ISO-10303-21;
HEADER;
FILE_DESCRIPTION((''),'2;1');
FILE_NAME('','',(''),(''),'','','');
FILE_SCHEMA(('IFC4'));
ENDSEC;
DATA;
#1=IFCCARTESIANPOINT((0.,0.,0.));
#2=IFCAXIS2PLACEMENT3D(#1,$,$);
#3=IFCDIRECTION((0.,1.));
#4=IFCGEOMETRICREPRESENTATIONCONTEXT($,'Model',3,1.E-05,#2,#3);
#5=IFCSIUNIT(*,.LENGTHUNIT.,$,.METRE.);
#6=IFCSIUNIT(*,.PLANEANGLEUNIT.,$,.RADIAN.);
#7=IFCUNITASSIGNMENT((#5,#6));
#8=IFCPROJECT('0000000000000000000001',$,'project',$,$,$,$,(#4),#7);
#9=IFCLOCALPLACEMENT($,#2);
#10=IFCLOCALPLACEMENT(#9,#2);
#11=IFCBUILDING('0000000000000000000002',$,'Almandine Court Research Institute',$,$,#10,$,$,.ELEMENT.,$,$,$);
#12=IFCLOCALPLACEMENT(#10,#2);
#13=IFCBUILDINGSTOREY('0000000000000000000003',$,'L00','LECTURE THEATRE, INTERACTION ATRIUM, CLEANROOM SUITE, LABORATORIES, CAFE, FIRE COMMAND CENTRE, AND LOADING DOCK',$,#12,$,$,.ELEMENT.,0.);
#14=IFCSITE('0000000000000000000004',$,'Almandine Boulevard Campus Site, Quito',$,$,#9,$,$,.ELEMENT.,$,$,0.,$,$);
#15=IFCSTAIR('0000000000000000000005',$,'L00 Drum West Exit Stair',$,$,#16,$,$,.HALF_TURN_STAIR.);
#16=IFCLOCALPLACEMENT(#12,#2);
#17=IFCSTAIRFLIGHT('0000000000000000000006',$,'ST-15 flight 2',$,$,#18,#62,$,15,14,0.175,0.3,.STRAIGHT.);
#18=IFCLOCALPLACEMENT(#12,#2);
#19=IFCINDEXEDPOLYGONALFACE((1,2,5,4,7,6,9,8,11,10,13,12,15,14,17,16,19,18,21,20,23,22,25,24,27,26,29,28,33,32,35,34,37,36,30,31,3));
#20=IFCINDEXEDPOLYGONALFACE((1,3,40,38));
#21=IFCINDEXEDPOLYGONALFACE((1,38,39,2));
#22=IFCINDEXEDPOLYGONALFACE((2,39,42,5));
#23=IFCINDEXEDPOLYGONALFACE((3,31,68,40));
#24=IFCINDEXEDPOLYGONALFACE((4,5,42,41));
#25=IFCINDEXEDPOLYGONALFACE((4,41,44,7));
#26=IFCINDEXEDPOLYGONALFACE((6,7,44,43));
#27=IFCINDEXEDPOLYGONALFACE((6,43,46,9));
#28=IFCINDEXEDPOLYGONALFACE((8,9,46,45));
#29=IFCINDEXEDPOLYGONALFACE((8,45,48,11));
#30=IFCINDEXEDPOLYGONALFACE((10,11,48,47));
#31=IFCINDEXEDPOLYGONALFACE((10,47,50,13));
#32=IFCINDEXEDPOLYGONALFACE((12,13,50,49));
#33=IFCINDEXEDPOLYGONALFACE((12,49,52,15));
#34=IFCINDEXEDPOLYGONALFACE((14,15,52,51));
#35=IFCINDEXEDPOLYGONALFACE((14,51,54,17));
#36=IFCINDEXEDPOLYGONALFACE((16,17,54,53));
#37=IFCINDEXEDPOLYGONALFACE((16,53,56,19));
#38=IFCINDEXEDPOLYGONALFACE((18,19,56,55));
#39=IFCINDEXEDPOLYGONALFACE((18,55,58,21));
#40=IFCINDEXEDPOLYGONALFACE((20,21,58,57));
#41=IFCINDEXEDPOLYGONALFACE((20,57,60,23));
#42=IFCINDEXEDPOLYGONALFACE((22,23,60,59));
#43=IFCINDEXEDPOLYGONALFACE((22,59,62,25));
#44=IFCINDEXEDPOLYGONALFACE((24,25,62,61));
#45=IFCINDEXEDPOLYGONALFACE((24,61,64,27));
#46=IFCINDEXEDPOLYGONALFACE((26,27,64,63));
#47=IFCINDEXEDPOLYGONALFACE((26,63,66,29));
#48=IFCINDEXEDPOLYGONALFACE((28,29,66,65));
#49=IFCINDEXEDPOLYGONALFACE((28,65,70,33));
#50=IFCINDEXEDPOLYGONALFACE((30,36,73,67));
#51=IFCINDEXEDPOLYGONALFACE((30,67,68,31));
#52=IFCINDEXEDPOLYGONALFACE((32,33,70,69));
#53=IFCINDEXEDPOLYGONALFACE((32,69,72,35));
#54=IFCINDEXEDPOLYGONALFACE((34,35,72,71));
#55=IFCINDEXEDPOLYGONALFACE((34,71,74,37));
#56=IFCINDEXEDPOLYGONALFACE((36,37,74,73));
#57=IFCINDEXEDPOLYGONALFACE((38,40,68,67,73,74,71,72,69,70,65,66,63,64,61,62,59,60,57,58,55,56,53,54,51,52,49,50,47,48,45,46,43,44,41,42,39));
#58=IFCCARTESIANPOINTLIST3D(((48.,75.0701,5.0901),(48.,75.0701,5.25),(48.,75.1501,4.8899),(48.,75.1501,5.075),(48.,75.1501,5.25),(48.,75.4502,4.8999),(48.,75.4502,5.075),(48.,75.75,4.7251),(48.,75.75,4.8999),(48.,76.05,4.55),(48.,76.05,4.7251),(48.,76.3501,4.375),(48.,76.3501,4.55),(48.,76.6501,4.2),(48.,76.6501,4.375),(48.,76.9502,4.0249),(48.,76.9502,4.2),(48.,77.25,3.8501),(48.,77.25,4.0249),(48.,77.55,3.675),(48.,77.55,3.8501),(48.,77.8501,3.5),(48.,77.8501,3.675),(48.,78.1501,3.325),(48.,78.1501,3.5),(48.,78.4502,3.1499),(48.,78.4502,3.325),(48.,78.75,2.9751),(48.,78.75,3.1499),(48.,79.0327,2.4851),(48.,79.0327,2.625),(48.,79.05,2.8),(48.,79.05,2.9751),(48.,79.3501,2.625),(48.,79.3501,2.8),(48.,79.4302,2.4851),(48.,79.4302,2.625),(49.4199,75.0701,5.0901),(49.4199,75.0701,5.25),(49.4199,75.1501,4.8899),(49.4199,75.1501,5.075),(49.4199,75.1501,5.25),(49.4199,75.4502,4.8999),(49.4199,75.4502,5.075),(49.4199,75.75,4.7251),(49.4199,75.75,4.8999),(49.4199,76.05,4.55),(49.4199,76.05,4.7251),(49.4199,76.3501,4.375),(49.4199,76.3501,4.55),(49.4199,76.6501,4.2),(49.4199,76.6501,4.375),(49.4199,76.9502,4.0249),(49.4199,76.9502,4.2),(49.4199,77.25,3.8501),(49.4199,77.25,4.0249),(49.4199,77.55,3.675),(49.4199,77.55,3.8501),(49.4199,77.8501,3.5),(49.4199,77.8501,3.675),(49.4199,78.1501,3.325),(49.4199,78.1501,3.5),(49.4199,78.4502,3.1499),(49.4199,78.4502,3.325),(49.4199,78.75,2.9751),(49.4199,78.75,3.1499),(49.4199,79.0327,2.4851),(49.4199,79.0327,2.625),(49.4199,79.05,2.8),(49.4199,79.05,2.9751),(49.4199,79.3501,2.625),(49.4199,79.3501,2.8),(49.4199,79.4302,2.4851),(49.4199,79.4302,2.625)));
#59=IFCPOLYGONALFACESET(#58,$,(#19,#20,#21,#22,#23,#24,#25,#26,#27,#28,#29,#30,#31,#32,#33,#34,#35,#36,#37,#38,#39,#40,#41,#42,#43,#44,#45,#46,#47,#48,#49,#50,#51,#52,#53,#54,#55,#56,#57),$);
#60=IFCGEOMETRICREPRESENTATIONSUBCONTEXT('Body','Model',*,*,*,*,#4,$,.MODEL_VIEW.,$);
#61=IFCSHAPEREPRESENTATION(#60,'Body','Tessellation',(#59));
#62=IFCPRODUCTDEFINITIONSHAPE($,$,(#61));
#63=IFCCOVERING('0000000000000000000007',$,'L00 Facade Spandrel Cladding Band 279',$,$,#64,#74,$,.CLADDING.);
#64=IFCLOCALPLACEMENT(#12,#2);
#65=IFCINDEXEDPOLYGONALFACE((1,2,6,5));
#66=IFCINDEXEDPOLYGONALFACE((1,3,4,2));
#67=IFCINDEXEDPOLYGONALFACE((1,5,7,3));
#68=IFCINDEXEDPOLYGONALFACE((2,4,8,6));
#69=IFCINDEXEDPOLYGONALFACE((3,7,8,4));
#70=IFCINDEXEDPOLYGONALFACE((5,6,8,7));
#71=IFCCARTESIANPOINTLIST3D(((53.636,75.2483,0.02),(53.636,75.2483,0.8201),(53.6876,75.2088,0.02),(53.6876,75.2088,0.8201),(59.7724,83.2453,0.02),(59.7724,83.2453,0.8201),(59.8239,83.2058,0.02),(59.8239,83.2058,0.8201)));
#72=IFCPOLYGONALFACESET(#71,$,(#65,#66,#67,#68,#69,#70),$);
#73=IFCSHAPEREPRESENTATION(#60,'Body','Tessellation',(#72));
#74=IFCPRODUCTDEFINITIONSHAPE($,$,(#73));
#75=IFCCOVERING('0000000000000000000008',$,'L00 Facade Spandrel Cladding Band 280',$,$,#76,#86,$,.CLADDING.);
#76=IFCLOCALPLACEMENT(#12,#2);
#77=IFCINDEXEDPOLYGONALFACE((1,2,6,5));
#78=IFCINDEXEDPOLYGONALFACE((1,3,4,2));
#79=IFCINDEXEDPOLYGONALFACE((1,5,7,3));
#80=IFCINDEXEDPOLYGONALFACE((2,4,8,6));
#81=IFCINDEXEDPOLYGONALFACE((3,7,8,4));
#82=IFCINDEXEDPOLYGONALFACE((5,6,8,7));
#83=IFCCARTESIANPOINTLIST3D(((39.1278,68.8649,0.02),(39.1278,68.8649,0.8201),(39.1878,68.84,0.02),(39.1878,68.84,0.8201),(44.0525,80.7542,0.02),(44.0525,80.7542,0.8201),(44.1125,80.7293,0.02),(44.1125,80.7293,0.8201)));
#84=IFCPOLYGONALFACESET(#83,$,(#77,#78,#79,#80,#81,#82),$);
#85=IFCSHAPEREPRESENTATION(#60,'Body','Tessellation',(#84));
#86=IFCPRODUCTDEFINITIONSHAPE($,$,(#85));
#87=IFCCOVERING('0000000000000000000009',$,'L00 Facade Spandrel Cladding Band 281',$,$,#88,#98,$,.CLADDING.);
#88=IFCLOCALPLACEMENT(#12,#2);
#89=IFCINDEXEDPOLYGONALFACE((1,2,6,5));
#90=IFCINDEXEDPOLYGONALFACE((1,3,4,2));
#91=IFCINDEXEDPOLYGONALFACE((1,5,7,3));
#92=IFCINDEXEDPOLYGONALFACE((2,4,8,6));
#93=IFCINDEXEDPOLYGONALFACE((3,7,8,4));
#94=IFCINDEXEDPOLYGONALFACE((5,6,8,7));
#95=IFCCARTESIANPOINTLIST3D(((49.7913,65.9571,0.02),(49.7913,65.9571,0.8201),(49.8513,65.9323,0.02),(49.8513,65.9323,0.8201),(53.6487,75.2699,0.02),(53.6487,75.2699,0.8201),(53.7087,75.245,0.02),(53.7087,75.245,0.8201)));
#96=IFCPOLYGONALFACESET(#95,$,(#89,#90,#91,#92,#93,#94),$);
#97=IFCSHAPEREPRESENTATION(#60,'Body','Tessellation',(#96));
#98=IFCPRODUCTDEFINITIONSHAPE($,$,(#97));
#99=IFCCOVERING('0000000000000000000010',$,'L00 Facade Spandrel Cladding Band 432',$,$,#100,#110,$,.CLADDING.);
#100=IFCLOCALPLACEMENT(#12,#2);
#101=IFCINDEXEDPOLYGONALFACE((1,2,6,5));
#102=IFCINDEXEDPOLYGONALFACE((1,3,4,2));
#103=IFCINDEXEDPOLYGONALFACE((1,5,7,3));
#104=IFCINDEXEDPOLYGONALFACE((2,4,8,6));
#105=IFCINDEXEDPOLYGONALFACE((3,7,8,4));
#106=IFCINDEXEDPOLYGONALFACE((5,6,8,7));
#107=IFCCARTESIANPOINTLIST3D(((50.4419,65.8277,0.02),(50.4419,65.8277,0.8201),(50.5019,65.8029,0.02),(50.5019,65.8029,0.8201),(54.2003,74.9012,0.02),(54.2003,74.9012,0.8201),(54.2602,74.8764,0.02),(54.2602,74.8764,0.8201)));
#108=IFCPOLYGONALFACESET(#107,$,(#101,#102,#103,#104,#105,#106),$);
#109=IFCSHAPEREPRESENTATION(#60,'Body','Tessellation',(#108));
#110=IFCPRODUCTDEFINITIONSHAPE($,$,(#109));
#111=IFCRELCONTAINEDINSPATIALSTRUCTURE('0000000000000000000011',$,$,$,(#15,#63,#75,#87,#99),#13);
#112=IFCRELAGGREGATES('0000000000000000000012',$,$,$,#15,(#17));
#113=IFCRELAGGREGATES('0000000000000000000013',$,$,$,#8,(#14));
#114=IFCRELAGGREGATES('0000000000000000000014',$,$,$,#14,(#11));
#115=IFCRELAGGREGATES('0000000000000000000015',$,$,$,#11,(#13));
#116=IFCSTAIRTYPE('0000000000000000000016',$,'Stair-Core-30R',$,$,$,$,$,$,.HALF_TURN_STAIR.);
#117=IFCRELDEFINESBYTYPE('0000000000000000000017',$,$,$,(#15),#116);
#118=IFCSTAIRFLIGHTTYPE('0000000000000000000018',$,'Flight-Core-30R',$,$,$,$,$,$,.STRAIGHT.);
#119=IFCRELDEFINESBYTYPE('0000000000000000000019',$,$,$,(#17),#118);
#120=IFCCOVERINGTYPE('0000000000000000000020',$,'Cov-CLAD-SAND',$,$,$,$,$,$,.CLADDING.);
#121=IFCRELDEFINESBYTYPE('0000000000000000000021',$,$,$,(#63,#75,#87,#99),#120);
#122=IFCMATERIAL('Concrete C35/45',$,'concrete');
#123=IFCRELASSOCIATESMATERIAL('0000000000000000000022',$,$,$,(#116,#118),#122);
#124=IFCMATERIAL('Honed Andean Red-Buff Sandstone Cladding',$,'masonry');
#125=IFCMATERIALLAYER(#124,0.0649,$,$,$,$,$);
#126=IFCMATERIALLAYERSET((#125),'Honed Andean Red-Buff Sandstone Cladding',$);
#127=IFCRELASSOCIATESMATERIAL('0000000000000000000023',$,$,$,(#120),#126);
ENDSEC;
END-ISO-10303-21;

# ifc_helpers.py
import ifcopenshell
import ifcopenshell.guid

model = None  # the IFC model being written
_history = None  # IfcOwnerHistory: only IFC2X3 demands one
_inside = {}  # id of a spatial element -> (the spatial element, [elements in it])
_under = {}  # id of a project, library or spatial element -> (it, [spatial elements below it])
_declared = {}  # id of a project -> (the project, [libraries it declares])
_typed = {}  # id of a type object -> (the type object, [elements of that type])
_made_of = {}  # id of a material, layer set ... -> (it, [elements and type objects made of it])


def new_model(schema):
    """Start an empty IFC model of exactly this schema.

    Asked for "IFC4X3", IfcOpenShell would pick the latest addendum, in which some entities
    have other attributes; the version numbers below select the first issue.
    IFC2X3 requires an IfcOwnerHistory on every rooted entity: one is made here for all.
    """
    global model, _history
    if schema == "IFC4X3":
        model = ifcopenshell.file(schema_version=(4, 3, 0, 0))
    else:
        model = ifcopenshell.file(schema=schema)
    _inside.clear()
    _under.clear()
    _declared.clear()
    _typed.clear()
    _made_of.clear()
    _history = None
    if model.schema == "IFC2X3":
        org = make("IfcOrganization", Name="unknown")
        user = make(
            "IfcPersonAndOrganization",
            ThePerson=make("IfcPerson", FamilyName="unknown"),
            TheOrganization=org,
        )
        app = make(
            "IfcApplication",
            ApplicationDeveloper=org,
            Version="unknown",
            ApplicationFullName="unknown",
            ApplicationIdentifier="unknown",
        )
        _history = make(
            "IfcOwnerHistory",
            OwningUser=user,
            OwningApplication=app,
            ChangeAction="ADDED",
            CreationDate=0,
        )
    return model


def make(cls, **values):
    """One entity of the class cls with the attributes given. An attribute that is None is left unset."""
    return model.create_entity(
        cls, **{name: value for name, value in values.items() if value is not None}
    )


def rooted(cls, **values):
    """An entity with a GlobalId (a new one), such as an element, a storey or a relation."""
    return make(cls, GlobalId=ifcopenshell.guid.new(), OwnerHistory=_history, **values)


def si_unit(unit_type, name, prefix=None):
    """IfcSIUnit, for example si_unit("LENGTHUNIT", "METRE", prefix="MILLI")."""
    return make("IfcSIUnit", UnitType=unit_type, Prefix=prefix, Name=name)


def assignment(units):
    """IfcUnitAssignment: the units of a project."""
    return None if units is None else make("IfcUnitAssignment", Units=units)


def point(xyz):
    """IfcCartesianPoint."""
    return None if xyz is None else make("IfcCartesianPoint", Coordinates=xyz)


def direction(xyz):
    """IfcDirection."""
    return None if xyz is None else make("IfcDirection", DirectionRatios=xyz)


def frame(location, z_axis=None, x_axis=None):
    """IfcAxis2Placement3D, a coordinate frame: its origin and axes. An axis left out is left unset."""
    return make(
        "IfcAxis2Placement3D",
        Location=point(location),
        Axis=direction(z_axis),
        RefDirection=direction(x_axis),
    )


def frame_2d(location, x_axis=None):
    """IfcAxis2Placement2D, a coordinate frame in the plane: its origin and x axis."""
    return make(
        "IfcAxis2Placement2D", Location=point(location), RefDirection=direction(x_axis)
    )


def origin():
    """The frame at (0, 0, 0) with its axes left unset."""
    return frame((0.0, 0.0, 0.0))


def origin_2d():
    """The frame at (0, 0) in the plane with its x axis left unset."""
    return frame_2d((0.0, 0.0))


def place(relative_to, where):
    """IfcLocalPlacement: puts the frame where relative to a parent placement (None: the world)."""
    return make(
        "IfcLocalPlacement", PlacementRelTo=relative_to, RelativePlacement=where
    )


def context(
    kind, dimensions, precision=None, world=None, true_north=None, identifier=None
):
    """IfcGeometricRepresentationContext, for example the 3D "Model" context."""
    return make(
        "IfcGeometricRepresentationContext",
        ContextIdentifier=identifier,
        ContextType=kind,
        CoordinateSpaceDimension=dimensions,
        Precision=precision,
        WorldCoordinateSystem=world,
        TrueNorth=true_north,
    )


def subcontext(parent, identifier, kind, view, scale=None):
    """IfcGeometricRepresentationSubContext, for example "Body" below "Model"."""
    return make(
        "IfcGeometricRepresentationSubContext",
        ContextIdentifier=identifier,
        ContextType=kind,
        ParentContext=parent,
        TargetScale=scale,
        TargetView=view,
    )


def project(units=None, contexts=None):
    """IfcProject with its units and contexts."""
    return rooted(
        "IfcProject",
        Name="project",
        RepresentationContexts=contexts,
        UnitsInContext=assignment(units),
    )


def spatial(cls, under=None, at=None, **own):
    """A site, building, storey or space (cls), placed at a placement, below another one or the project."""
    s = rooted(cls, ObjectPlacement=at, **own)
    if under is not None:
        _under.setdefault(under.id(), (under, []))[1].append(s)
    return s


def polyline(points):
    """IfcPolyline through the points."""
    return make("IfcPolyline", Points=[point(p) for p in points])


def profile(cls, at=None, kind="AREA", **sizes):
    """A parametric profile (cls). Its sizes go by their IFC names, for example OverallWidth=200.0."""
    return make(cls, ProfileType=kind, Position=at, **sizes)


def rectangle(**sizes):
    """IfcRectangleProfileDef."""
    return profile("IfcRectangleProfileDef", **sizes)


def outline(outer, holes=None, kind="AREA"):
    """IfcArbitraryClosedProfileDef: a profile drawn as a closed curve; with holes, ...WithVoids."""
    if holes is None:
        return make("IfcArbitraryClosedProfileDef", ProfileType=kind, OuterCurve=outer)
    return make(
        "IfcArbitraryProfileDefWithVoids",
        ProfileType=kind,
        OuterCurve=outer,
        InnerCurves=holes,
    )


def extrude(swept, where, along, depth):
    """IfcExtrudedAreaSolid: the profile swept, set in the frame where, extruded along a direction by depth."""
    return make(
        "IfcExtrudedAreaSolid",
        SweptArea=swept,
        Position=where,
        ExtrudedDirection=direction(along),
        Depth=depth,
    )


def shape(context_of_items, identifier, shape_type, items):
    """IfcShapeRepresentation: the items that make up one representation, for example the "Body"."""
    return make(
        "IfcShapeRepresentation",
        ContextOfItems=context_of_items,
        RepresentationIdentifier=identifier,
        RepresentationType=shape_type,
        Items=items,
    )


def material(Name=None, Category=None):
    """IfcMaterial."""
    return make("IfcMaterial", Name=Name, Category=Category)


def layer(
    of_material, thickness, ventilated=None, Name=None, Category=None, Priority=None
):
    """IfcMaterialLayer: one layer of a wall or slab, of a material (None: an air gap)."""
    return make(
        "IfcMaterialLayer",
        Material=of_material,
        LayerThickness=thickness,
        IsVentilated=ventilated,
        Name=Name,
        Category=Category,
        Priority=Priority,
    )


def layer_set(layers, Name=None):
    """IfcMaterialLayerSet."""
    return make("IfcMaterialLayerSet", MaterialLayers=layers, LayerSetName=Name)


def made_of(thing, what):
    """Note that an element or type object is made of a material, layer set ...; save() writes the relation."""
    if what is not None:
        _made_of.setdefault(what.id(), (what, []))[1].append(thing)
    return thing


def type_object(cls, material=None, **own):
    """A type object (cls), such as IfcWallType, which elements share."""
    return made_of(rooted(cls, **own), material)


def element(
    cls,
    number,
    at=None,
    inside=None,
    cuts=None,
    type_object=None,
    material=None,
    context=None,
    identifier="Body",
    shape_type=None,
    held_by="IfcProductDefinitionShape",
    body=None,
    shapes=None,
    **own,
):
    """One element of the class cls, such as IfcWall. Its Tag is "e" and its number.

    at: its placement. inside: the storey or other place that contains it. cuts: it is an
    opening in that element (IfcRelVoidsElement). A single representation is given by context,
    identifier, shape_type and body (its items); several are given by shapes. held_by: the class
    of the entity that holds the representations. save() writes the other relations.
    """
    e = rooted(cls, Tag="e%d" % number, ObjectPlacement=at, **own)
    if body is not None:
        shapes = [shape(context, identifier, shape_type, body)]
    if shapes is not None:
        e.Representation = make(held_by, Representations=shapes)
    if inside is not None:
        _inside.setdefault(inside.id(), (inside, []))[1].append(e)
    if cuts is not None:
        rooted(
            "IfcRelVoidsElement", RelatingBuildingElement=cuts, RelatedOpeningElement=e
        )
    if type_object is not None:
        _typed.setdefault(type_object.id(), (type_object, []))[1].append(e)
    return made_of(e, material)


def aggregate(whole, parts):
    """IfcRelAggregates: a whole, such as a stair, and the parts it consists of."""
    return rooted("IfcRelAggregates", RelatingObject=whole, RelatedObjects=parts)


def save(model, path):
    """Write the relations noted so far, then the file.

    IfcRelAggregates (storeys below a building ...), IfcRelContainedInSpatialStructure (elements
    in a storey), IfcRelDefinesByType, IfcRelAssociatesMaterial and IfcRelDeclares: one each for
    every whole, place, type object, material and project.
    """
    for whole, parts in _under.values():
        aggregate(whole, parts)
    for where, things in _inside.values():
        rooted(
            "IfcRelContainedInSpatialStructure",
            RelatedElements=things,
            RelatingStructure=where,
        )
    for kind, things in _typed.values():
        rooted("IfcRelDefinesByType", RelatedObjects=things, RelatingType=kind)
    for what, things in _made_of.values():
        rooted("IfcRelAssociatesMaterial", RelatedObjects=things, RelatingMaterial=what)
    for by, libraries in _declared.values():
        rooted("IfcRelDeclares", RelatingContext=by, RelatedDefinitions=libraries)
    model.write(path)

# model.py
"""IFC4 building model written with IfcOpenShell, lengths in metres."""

from ifc_helpers import new_model, si_unit, direction, frame, origin, origin_2d, place, context, subcontext, project, spatial, polyline, rectangle, outline, extrude, material, layer, layer_set, type_object, element, aggregate, save


model = new_model("IFC4")

# Units and contexts
model_context = context("Model", 3, precision=1e-05, world=origin(), true_north=direction((0.0, 1.0)))
body_context = subcontext(model_context, "Body", "Model", "MODEL_VIEW")
ifc_project = project(units=[si_unit("LENGTHUNIT", "METRE"), si_unit("PLANEANGLEUNIT", "RADIAN")], contexts=[model_context])

# Site, building, storey
site_placement = place(None, origin())
site = spatial("IfcSite", under=ifc_project, at=site_placement, Name="Almandine Boulevard Campus Site, Quito", CompositionType="ELEMENT", RefElevation=0.0)
building_placement = place(site_placement, origin())
building = spatial("IfcBuilding", under=site, at=building_placement, Name="Almandine Court Research Institute", CompositionType="ELEMENT")
storey_placement = place(building_placement, origin())
storey = spatial("IfcBuildingStorey", under=building, at=storey_placement, Name="L00", Description="LECTURE THEATRE, INTERACTION ATRIUM, CLEANROOM SUITE, LABORATORIES, CAFE, FIRE COMMAND CENTRE, AND LOADING DOCK", CompositionType="ELEMENT", Elevation=0.0)

# Stair, stair flight
ifc_material_1 = material(Name="Concrete C35/45", Category="concrete")
stair_type = type_object("IfcStairType", Name="Stair-Core-30R", PredefinedType="HALF_TURN_STAIR", material=ifc_material_1)
stair_placement = place(storey_placement, origin())
stair = element("IfcStair", 1, at=stair_placement, inside=storey, type_object=stair_type, Name="L00 Drum West Exit Stair", PredefinedType="HALF_TURN_STAIR")
stair_flight_type = type_object("IfcStairFlightType", Name="Flight-Core-30R", PredefinedType="STRAIGHT", material=ifc_material_1)
stair_flight_1_placement = place(storey_placement, frame((48.71, 79.3501, 2.625), z_axis=(0.0, 0.0, 1.0), x_axis=(0.0, -1.0, 0.0)))
stair_flight_1 = element("IfcStairFlight", 2, at=stair_flight_1_placement, type_object=stair_flight_type, Name="ST-15 flight 2", NumberOfRisers=15, NumberOfTreads=14, PredefinedType="STRAIGHT", RiserHeight=0.175, TreadLength=0.3, context=body_context, shape_type="SweptSolid", body=[
    extrude(outline(polyline([(-0.0801, -0.1399), (-0.0801, 0.0), (0.0, 0.0), (0.0, 0.175), (0.3, 0.175), (0.3, 0.3501), (0.6001, 0.3501), (0.6001, 0.5249), (0.8999, 0.5249), (0.8999, 0.7), (1.2, 0.7), (1.2, 0.875), (1.5, 0.875), (1.5, 1.05), (1.8, 1.05), (1.8, 1.2251), (2.1001, 1.2251), (2.1001, 1.3999), (2.3999, 1.3999), (2.3999, 1.575), (2.7, 1.575), (2.7, 1.75), (3.0, 1.75), (3.0, 1.925), (3.3, 1.925), (3.3, 2.1001), (3.6001, 2.1001), (3.6001, 2.2749), (3.8999, 2.2749), (3.8999, 2.45), (4.2, 2.45), (4.2, 2.625), (4.28, 2.625), (4.28, 2.4651), (4.2, 2.2649), (0.3174, 0.0), (0.3174, -0.1399), (-0.0801, -0.1399)])), frame((0.0, 0.71, 0.0), z_axis=(0.0, -1.0, 0.0), x_axis=(1.0, 0.0, 0.0)), (0.0, 0.0, 1.0), 1.4199),
])
aggregate(stair, [stair_flight_1])

# Coverings
ifc_material_2 = material(Name="Honed Andean Red-Buff Sandstone Cladding", Category="masonry")
ifc_layer_1 = layer(ifc_material_2, 0.0649)
ifc_layer_set_1 = layer_set([ifc_layer_1], Name="Honed Andean Red-Buff Sandstone Cladding")
covering_type = type_object("IfcCoveringType", Name="Cov-CLAD-SAND", PredefinedType="CLADDING", material=ifc_layer_set_1)
covering_1_placement = place(storey_placement, frame((56.73, 79.2271, 0.02), z_axis=(0.0, 0.0, 1.0), x_axis=(-0.608761, -0.793353, 0.0)))
element("IfcCovering", 3, at=covering_1_placement, inside=storey, type_object=covering_type, Name="L00 Facade Spandrel Cladding Band 279", PredefinedType="CLADDING", context=body_context, shape_type="SweptSolid", body=[
    extrude(rectangle(XDim=10.0801, YDim=0.0649, at=origin_2d()), origin(), (0.0, 0.0, 1.0), 0.8),
])
covering_2_placement = place(storey_placement, frame((41.6201, 74.7971, 0.02), z_axis=(0.0, 0.0, 1.0), x_axis=(0.382683, 0.92388, 0.0)))
element("IfcCovering", 4, at=covering_2_placement, inside=storey, type_object=covering_type, Name="L00 Facade Spandrel Cladding Band 280", PredefinedType="CLADDING", context=body_context, shape_type="SweptSolid", body=[
    extrude(rectangle(XDim=12.8689, YDim=0.0649, at=origin_2d()), origin(), (0.0, 0.0, 1.0), 0.8),
])
covering_3_placement = place(storey_placement, frame((51.75, 70.6011, 0.02), z_axis=(0.0, 0.0, 1.0), x_axis=(-0.382683, -0.92388, 0.0)))
element("IfcCovering", 5, at=covering_3_placement, inside=storey, type_object=covering_type, Name="L00 Facade Spandrel Cladding Band 281", PredefinedType="CLADDING", context=body_context, shape_type="SweptSolid", body=[
    extrude(rectangle(XDim=10.0801, YDim=0.0649, at=origin_2d()), origin(), (0.0, 0.0, 1.0), 0.8),
])
covering_4_placement = place(storey_placement, frame((52.3511, 70.3521, 0.02), z_axis=(0.0, 0.0, 1.0), x_axis=(0.382683, 0.92388, 0.0)))
element("IfcCovering", 6, at=covering_4_placement, inside=storey, type_object=covering_type, Name="L00 Facade Spandrel Cladding Band 432", PredefinedType="CLADDING", context=body_context, shape_type="SweptSolid", body=[
    extrude(rectangle(XDim=9.821, YDim=0.0649, at=origin_2d()), origin(), (0.0, 0.0, 1.0), 0.8),
])

save(model, "model.ifc")
